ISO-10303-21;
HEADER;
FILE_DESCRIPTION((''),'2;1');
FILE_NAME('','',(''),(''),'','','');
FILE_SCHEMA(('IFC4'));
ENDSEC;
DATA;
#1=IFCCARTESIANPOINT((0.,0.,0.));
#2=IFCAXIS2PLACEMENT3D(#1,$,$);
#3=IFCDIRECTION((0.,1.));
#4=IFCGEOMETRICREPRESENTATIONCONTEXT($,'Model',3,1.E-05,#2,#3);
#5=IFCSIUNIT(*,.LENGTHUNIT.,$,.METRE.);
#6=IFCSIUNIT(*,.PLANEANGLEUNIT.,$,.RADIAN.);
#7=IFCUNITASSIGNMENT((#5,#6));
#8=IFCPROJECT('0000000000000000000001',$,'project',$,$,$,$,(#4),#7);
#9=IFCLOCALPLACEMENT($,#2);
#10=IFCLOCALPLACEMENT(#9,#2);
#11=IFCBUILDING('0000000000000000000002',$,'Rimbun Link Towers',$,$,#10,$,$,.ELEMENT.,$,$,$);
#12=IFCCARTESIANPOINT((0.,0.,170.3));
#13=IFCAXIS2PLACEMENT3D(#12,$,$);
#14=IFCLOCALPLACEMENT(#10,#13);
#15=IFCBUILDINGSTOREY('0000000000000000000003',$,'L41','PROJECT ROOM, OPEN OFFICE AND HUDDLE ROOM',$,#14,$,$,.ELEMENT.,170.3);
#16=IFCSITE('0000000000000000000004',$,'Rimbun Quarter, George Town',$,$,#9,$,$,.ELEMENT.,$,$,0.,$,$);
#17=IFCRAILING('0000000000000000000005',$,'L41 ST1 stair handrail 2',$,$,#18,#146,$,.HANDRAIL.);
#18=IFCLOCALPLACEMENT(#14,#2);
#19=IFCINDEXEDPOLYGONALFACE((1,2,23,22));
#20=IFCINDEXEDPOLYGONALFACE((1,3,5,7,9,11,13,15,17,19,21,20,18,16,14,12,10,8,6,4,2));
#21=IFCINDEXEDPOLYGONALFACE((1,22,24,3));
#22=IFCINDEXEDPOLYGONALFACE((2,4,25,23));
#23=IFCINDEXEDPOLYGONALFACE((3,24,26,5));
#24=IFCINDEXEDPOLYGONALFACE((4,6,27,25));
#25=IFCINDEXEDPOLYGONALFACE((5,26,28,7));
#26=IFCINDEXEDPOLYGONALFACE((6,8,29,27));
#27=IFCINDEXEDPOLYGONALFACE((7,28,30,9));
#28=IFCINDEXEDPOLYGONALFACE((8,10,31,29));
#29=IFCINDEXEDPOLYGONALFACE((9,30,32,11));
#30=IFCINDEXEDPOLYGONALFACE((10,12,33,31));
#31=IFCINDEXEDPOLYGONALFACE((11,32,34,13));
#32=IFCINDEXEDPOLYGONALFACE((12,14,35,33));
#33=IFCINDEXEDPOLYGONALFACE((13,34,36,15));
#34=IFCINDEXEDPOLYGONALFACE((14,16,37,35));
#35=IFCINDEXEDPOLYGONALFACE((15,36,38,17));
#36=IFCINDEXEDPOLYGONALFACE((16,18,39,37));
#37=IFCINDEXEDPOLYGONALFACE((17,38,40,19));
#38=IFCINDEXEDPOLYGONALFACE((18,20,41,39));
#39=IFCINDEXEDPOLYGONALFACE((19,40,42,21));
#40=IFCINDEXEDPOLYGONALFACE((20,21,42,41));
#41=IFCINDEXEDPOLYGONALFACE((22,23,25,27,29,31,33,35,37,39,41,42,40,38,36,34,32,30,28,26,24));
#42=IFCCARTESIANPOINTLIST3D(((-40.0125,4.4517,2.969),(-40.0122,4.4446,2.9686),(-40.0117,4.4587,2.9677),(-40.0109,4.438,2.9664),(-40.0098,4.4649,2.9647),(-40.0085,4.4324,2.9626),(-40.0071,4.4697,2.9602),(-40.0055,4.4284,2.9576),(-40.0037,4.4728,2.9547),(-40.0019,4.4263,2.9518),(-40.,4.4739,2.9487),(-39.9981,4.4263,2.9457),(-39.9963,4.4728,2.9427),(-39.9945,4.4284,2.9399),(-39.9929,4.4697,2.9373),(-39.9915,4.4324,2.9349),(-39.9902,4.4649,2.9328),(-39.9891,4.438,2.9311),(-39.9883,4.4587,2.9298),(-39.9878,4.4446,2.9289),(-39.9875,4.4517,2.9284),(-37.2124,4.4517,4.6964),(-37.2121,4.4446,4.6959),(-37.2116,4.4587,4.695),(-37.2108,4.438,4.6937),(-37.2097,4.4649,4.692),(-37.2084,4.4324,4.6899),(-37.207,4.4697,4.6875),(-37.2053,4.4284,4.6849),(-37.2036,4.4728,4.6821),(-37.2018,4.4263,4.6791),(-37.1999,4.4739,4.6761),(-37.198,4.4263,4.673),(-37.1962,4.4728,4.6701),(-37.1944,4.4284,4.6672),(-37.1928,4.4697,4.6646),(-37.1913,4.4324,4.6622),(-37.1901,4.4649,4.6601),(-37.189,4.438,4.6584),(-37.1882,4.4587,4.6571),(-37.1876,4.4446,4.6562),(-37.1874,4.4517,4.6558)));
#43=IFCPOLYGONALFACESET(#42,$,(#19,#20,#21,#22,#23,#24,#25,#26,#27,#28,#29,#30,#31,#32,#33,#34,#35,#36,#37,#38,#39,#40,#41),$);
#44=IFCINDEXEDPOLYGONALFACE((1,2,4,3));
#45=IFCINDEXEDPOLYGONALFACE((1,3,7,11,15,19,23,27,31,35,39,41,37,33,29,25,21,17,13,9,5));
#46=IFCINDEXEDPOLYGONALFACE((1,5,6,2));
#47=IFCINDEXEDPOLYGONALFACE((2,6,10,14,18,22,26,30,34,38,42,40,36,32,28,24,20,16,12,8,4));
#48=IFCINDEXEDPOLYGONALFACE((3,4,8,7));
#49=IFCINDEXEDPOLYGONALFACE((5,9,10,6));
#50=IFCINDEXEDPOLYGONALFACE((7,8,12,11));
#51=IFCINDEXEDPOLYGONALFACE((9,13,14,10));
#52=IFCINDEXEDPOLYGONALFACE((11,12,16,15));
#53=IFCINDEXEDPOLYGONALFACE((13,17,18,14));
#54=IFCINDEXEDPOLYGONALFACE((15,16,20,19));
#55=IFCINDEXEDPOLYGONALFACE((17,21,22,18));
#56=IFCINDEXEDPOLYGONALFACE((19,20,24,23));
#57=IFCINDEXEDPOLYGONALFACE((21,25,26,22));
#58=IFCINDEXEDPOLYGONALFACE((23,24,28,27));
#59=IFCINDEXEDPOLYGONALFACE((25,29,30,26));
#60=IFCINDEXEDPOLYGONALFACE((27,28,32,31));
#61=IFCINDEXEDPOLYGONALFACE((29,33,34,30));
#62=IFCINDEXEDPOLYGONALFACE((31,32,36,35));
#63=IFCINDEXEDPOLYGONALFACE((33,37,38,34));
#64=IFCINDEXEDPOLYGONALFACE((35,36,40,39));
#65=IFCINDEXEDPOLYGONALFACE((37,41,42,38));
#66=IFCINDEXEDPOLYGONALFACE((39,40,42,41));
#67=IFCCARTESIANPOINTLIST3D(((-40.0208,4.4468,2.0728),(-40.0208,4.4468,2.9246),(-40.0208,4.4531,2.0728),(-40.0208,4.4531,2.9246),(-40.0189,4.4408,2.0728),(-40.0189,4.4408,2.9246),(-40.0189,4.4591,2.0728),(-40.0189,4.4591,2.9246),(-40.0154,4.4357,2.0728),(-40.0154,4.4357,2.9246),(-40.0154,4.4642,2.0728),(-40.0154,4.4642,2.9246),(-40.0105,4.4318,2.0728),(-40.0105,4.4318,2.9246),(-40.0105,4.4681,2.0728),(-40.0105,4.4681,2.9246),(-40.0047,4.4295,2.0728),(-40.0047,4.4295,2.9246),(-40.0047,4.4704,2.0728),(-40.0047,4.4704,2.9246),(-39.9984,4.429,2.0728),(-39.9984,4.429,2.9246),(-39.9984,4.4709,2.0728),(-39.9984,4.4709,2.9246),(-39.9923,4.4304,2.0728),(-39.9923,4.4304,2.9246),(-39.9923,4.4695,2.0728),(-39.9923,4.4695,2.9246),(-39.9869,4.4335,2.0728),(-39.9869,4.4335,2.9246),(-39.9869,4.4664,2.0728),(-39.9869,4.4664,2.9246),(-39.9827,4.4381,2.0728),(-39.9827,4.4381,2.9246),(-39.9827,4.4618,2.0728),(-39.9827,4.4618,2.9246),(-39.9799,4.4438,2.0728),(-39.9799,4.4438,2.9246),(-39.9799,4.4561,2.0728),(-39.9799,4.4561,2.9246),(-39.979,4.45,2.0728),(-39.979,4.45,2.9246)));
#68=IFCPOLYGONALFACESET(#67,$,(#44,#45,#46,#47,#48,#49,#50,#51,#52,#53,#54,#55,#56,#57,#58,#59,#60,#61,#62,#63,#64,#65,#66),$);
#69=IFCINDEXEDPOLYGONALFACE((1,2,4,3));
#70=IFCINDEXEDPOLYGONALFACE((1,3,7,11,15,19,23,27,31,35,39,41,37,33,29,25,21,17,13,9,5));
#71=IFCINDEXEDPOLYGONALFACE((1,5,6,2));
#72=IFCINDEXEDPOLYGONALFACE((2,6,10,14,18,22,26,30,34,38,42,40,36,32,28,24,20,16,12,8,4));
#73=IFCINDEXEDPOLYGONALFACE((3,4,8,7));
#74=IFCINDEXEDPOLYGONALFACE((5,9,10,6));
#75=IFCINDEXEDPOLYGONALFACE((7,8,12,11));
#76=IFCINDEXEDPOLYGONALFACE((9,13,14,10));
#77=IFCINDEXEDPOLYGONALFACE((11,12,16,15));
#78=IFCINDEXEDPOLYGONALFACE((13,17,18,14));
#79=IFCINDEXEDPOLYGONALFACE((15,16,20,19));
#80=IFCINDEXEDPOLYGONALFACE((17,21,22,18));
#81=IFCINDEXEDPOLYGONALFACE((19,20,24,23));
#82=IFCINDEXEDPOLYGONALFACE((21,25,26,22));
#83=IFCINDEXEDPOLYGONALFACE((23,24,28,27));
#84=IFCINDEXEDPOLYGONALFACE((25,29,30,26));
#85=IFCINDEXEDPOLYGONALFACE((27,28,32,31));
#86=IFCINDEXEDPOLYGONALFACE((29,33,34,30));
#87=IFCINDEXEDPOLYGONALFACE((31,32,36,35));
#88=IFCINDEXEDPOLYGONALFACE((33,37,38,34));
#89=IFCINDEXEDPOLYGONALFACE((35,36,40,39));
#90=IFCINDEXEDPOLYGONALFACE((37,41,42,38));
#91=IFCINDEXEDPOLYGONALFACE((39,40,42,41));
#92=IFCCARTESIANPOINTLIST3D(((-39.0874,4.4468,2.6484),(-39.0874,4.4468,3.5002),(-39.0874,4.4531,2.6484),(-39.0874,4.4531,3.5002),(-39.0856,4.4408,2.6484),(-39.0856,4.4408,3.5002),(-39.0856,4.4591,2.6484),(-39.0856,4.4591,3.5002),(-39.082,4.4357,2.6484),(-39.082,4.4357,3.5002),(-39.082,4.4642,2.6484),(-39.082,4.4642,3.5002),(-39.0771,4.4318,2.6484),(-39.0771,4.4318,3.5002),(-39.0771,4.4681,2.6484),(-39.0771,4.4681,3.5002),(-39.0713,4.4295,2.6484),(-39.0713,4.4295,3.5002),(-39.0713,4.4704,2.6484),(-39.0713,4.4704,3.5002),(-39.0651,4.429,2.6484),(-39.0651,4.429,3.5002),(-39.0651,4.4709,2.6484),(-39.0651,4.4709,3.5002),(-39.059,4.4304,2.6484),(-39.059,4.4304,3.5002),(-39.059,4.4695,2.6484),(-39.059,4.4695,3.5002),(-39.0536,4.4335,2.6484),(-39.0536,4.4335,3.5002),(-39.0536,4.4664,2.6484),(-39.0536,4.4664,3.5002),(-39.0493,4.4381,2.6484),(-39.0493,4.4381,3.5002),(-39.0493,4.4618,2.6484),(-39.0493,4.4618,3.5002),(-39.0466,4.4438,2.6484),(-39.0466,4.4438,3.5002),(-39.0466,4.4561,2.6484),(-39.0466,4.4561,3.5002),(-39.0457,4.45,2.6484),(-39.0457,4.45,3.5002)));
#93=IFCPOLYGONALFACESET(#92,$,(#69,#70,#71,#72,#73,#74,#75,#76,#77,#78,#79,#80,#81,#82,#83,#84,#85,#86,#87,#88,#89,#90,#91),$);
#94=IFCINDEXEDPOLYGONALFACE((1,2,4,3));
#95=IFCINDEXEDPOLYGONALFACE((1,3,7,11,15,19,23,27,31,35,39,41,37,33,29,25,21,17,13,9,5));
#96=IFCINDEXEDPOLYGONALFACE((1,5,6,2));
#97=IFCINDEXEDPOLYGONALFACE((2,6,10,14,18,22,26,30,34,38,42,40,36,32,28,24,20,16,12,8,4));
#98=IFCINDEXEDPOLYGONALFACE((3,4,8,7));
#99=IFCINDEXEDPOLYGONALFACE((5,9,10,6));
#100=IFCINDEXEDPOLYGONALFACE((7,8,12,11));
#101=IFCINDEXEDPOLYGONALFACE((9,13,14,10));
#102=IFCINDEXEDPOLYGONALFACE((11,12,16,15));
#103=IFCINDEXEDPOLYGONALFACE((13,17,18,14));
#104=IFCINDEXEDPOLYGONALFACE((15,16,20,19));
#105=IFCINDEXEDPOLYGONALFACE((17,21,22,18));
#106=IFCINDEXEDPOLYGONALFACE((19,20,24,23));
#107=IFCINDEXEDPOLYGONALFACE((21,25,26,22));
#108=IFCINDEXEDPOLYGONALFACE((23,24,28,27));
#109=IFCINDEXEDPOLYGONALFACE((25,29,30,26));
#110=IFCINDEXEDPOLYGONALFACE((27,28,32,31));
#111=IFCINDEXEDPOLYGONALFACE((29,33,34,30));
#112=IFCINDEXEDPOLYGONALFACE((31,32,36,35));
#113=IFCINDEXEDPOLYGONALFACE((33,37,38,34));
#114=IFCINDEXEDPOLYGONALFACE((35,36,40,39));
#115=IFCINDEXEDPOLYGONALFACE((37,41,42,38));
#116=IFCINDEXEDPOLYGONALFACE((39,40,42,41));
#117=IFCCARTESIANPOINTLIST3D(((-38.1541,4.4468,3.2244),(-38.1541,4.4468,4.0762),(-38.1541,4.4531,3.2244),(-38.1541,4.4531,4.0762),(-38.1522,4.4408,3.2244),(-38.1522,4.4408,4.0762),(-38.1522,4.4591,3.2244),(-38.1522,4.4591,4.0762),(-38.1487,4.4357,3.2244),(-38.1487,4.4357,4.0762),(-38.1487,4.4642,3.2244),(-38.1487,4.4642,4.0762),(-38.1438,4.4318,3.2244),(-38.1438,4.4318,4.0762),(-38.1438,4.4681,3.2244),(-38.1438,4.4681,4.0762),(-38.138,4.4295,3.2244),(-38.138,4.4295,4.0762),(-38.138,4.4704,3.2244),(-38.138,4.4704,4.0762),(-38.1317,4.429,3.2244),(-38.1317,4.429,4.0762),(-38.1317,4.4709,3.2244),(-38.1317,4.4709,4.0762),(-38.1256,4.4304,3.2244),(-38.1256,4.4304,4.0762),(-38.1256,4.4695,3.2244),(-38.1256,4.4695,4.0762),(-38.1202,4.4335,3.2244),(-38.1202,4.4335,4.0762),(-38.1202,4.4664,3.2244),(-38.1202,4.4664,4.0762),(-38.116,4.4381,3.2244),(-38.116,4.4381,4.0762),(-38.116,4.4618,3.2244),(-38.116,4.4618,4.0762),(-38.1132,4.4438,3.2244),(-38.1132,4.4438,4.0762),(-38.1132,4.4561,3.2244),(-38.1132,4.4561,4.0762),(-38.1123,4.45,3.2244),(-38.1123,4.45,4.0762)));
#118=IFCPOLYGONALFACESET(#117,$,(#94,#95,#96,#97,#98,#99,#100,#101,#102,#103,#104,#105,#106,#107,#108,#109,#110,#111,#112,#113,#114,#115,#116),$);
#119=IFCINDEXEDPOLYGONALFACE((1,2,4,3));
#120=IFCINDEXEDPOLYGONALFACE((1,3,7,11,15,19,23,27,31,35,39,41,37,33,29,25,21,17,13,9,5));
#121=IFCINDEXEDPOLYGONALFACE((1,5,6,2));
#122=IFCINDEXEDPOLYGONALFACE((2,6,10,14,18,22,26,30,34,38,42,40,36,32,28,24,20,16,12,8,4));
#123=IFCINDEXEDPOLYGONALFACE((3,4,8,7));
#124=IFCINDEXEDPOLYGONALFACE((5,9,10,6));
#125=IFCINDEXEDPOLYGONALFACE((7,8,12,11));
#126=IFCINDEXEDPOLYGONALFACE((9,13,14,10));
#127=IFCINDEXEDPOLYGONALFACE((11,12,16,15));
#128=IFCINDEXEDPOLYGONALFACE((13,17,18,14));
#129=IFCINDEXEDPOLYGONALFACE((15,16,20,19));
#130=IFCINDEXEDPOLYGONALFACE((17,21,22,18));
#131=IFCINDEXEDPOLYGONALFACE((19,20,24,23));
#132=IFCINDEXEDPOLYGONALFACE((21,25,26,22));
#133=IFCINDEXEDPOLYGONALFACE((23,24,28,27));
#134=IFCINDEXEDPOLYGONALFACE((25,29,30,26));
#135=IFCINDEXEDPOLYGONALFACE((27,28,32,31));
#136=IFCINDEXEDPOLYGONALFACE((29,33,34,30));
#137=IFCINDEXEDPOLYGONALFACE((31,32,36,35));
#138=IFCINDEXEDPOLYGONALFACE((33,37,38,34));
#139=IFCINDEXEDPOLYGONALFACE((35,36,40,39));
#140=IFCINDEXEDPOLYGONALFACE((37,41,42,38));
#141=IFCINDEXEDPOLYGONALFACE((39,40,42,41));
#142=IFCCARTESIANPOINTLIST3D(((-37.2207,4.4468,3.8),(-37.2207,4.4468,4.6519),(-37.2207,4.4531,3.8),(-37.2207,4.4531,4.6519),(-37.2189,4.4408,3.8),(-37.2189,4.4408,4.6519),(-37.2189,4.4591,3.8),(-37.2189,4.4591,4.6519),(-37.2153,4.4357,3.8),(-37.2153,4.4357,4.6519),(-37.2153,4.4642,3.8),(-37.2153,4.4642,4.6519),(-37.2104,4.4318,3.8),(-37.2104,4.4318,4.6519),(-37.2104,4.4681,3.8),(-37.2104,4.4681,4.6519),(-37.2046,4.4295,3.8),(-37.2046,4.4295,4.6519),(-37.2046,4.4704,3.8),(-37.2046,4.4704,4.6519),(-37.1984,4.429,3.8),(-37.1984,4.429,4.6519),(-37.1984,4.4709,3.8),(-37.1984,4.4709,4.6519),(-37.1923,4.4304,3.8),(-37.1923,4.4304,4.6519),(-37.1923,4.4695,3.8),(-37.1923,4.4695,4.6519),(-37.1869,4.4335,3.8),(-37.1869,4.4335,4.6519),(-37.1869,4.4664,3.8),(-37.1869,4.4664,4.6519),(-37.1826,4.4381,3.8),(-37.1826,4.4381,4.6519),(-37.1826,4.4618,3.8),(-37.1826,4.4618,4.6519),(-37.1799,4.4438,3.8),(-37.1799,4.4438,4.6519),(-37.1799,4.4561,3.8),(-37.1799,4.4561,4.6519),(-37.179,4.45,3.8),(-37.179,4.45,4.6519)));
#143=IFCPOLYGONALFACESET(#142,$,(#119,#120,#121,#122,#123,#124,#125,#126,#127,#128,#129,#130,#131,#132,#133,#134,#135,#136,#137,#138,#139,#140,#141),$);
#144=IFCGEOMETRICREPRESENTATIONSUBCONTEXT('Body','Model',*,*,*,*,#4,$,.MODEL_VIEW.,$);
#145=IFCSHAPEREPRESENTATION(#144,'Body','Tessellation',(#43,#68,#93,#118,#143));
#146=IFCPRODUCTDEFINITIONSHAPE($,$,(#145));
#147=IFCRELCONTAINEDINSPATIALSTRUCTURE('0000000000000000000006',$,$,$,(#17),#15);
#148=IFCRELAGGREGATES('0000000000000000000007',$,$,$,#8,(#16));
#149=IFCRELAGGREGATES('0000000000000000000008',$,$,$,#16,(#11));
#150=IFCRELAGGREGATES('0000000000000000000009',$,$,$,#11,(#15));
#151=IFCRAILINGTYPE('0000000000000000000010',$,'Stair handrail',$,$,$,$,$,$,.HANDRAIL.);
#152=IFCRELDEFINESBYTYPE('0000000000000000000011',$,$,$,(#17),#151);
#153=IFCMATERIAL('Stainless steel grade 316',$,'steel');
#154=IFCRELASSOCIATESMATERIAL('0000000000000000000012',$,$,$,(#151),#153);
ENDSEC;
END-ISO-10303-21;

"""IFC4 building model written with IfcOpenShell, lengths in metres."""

from ifc_helpers import new_model, si_unit, direction, frame, origin, origin_2d, place, context, subcontext, project, spatial, circle, extrude, material, type_object, element, save


model = new_model("IFC4")

# Units and contexts
model_context = context("Model", 3, precision=1e-05, world=origin(), true_north=direction((0.0, 1.0)))
body_context = subcontext(model_context, "Body", "Model", "MODEL_VIEW")
ifc_project = project(units=[si_unit("LENGTHUNIT", "METRE"), si_unit("PLANEANGLEUNIT", "RADIAN")], contexts=[model_context])

# Site, building, storey
site_placement = place(None, origin())
site = spatial("IfcSite", under=ifc_project, at=site_placement, Name="Rimbun Quarter, George Town", CompositionType="ELEMENT", RefElevation=0.0)
building_placement = place(site_placement, origin())
building = spatial("IfcBuilding", under=site, at=building_placement, Name="Rimbun Link Towers", CompositionType="ELEMENT")
storey_placement = place(building_placement, frame((0.0, 0.0, 170.3)))
storey = spatial("IfcBuildingStorey", under=building, at=storey_placement, Name="L41", Description="PROJECT ROOM, OPEN OFFICE AND HUDDLE ROOM", CompositionType="ELEMENT", Elevation=170.3)

# Railing
ifc_material_1 = material(Name="Stainless steel grade 316", Category="steel")
railing_type_1 = type_object("IfcRailingType", Name="Stair handrail", PredefinedType="HANDRAIL", material=ifc_material_1)
railing_1_placement = place(storey_placement, frame((-40.0, 4.45, 2.0728)))
element("IfcRailing", 1, at=railing_1_placement, inside=storey, type_object=railing_type_1, Name="L41 ST1 stair handrail 2", PredefinedType="HANDRAIL", context=body_context, shape_type="SweptSolid", body=[
    extrude(circle(Radius=0.0239, at=origin_2d()), frame((0.0, 0.0, 0.876), z_axis=(0.85109, 0.0, 0.52502), x_axis=(0.0, 1.0, 0.0)), (0.0, 0.0, 1.0), 3.29),
    extrude(circle(Radius=0.021, at=origin_2d()), origin(), (0.0, 0.0, 1.0), 0.8518),
    extrude(circle(Radius=0.021, at=origin_2d()), frame((0.9333, 0.0, 0.5757)), (0.0, 0.0, 1.0), 0.8518),
    extrude(circle(Radius=0.021, at=origin_2d()), frame((1.8667, 0.0, 1.1516)), (0.0, 0.0, 1.0), 0.8518),
    extrude(circle(Radius=0.021, at=origin_2d()), frame((2.8, 0.0, 1.7273)), (0.0, 0.0, 1.0), 0.8518),
])

save(model, "model.ifc")
